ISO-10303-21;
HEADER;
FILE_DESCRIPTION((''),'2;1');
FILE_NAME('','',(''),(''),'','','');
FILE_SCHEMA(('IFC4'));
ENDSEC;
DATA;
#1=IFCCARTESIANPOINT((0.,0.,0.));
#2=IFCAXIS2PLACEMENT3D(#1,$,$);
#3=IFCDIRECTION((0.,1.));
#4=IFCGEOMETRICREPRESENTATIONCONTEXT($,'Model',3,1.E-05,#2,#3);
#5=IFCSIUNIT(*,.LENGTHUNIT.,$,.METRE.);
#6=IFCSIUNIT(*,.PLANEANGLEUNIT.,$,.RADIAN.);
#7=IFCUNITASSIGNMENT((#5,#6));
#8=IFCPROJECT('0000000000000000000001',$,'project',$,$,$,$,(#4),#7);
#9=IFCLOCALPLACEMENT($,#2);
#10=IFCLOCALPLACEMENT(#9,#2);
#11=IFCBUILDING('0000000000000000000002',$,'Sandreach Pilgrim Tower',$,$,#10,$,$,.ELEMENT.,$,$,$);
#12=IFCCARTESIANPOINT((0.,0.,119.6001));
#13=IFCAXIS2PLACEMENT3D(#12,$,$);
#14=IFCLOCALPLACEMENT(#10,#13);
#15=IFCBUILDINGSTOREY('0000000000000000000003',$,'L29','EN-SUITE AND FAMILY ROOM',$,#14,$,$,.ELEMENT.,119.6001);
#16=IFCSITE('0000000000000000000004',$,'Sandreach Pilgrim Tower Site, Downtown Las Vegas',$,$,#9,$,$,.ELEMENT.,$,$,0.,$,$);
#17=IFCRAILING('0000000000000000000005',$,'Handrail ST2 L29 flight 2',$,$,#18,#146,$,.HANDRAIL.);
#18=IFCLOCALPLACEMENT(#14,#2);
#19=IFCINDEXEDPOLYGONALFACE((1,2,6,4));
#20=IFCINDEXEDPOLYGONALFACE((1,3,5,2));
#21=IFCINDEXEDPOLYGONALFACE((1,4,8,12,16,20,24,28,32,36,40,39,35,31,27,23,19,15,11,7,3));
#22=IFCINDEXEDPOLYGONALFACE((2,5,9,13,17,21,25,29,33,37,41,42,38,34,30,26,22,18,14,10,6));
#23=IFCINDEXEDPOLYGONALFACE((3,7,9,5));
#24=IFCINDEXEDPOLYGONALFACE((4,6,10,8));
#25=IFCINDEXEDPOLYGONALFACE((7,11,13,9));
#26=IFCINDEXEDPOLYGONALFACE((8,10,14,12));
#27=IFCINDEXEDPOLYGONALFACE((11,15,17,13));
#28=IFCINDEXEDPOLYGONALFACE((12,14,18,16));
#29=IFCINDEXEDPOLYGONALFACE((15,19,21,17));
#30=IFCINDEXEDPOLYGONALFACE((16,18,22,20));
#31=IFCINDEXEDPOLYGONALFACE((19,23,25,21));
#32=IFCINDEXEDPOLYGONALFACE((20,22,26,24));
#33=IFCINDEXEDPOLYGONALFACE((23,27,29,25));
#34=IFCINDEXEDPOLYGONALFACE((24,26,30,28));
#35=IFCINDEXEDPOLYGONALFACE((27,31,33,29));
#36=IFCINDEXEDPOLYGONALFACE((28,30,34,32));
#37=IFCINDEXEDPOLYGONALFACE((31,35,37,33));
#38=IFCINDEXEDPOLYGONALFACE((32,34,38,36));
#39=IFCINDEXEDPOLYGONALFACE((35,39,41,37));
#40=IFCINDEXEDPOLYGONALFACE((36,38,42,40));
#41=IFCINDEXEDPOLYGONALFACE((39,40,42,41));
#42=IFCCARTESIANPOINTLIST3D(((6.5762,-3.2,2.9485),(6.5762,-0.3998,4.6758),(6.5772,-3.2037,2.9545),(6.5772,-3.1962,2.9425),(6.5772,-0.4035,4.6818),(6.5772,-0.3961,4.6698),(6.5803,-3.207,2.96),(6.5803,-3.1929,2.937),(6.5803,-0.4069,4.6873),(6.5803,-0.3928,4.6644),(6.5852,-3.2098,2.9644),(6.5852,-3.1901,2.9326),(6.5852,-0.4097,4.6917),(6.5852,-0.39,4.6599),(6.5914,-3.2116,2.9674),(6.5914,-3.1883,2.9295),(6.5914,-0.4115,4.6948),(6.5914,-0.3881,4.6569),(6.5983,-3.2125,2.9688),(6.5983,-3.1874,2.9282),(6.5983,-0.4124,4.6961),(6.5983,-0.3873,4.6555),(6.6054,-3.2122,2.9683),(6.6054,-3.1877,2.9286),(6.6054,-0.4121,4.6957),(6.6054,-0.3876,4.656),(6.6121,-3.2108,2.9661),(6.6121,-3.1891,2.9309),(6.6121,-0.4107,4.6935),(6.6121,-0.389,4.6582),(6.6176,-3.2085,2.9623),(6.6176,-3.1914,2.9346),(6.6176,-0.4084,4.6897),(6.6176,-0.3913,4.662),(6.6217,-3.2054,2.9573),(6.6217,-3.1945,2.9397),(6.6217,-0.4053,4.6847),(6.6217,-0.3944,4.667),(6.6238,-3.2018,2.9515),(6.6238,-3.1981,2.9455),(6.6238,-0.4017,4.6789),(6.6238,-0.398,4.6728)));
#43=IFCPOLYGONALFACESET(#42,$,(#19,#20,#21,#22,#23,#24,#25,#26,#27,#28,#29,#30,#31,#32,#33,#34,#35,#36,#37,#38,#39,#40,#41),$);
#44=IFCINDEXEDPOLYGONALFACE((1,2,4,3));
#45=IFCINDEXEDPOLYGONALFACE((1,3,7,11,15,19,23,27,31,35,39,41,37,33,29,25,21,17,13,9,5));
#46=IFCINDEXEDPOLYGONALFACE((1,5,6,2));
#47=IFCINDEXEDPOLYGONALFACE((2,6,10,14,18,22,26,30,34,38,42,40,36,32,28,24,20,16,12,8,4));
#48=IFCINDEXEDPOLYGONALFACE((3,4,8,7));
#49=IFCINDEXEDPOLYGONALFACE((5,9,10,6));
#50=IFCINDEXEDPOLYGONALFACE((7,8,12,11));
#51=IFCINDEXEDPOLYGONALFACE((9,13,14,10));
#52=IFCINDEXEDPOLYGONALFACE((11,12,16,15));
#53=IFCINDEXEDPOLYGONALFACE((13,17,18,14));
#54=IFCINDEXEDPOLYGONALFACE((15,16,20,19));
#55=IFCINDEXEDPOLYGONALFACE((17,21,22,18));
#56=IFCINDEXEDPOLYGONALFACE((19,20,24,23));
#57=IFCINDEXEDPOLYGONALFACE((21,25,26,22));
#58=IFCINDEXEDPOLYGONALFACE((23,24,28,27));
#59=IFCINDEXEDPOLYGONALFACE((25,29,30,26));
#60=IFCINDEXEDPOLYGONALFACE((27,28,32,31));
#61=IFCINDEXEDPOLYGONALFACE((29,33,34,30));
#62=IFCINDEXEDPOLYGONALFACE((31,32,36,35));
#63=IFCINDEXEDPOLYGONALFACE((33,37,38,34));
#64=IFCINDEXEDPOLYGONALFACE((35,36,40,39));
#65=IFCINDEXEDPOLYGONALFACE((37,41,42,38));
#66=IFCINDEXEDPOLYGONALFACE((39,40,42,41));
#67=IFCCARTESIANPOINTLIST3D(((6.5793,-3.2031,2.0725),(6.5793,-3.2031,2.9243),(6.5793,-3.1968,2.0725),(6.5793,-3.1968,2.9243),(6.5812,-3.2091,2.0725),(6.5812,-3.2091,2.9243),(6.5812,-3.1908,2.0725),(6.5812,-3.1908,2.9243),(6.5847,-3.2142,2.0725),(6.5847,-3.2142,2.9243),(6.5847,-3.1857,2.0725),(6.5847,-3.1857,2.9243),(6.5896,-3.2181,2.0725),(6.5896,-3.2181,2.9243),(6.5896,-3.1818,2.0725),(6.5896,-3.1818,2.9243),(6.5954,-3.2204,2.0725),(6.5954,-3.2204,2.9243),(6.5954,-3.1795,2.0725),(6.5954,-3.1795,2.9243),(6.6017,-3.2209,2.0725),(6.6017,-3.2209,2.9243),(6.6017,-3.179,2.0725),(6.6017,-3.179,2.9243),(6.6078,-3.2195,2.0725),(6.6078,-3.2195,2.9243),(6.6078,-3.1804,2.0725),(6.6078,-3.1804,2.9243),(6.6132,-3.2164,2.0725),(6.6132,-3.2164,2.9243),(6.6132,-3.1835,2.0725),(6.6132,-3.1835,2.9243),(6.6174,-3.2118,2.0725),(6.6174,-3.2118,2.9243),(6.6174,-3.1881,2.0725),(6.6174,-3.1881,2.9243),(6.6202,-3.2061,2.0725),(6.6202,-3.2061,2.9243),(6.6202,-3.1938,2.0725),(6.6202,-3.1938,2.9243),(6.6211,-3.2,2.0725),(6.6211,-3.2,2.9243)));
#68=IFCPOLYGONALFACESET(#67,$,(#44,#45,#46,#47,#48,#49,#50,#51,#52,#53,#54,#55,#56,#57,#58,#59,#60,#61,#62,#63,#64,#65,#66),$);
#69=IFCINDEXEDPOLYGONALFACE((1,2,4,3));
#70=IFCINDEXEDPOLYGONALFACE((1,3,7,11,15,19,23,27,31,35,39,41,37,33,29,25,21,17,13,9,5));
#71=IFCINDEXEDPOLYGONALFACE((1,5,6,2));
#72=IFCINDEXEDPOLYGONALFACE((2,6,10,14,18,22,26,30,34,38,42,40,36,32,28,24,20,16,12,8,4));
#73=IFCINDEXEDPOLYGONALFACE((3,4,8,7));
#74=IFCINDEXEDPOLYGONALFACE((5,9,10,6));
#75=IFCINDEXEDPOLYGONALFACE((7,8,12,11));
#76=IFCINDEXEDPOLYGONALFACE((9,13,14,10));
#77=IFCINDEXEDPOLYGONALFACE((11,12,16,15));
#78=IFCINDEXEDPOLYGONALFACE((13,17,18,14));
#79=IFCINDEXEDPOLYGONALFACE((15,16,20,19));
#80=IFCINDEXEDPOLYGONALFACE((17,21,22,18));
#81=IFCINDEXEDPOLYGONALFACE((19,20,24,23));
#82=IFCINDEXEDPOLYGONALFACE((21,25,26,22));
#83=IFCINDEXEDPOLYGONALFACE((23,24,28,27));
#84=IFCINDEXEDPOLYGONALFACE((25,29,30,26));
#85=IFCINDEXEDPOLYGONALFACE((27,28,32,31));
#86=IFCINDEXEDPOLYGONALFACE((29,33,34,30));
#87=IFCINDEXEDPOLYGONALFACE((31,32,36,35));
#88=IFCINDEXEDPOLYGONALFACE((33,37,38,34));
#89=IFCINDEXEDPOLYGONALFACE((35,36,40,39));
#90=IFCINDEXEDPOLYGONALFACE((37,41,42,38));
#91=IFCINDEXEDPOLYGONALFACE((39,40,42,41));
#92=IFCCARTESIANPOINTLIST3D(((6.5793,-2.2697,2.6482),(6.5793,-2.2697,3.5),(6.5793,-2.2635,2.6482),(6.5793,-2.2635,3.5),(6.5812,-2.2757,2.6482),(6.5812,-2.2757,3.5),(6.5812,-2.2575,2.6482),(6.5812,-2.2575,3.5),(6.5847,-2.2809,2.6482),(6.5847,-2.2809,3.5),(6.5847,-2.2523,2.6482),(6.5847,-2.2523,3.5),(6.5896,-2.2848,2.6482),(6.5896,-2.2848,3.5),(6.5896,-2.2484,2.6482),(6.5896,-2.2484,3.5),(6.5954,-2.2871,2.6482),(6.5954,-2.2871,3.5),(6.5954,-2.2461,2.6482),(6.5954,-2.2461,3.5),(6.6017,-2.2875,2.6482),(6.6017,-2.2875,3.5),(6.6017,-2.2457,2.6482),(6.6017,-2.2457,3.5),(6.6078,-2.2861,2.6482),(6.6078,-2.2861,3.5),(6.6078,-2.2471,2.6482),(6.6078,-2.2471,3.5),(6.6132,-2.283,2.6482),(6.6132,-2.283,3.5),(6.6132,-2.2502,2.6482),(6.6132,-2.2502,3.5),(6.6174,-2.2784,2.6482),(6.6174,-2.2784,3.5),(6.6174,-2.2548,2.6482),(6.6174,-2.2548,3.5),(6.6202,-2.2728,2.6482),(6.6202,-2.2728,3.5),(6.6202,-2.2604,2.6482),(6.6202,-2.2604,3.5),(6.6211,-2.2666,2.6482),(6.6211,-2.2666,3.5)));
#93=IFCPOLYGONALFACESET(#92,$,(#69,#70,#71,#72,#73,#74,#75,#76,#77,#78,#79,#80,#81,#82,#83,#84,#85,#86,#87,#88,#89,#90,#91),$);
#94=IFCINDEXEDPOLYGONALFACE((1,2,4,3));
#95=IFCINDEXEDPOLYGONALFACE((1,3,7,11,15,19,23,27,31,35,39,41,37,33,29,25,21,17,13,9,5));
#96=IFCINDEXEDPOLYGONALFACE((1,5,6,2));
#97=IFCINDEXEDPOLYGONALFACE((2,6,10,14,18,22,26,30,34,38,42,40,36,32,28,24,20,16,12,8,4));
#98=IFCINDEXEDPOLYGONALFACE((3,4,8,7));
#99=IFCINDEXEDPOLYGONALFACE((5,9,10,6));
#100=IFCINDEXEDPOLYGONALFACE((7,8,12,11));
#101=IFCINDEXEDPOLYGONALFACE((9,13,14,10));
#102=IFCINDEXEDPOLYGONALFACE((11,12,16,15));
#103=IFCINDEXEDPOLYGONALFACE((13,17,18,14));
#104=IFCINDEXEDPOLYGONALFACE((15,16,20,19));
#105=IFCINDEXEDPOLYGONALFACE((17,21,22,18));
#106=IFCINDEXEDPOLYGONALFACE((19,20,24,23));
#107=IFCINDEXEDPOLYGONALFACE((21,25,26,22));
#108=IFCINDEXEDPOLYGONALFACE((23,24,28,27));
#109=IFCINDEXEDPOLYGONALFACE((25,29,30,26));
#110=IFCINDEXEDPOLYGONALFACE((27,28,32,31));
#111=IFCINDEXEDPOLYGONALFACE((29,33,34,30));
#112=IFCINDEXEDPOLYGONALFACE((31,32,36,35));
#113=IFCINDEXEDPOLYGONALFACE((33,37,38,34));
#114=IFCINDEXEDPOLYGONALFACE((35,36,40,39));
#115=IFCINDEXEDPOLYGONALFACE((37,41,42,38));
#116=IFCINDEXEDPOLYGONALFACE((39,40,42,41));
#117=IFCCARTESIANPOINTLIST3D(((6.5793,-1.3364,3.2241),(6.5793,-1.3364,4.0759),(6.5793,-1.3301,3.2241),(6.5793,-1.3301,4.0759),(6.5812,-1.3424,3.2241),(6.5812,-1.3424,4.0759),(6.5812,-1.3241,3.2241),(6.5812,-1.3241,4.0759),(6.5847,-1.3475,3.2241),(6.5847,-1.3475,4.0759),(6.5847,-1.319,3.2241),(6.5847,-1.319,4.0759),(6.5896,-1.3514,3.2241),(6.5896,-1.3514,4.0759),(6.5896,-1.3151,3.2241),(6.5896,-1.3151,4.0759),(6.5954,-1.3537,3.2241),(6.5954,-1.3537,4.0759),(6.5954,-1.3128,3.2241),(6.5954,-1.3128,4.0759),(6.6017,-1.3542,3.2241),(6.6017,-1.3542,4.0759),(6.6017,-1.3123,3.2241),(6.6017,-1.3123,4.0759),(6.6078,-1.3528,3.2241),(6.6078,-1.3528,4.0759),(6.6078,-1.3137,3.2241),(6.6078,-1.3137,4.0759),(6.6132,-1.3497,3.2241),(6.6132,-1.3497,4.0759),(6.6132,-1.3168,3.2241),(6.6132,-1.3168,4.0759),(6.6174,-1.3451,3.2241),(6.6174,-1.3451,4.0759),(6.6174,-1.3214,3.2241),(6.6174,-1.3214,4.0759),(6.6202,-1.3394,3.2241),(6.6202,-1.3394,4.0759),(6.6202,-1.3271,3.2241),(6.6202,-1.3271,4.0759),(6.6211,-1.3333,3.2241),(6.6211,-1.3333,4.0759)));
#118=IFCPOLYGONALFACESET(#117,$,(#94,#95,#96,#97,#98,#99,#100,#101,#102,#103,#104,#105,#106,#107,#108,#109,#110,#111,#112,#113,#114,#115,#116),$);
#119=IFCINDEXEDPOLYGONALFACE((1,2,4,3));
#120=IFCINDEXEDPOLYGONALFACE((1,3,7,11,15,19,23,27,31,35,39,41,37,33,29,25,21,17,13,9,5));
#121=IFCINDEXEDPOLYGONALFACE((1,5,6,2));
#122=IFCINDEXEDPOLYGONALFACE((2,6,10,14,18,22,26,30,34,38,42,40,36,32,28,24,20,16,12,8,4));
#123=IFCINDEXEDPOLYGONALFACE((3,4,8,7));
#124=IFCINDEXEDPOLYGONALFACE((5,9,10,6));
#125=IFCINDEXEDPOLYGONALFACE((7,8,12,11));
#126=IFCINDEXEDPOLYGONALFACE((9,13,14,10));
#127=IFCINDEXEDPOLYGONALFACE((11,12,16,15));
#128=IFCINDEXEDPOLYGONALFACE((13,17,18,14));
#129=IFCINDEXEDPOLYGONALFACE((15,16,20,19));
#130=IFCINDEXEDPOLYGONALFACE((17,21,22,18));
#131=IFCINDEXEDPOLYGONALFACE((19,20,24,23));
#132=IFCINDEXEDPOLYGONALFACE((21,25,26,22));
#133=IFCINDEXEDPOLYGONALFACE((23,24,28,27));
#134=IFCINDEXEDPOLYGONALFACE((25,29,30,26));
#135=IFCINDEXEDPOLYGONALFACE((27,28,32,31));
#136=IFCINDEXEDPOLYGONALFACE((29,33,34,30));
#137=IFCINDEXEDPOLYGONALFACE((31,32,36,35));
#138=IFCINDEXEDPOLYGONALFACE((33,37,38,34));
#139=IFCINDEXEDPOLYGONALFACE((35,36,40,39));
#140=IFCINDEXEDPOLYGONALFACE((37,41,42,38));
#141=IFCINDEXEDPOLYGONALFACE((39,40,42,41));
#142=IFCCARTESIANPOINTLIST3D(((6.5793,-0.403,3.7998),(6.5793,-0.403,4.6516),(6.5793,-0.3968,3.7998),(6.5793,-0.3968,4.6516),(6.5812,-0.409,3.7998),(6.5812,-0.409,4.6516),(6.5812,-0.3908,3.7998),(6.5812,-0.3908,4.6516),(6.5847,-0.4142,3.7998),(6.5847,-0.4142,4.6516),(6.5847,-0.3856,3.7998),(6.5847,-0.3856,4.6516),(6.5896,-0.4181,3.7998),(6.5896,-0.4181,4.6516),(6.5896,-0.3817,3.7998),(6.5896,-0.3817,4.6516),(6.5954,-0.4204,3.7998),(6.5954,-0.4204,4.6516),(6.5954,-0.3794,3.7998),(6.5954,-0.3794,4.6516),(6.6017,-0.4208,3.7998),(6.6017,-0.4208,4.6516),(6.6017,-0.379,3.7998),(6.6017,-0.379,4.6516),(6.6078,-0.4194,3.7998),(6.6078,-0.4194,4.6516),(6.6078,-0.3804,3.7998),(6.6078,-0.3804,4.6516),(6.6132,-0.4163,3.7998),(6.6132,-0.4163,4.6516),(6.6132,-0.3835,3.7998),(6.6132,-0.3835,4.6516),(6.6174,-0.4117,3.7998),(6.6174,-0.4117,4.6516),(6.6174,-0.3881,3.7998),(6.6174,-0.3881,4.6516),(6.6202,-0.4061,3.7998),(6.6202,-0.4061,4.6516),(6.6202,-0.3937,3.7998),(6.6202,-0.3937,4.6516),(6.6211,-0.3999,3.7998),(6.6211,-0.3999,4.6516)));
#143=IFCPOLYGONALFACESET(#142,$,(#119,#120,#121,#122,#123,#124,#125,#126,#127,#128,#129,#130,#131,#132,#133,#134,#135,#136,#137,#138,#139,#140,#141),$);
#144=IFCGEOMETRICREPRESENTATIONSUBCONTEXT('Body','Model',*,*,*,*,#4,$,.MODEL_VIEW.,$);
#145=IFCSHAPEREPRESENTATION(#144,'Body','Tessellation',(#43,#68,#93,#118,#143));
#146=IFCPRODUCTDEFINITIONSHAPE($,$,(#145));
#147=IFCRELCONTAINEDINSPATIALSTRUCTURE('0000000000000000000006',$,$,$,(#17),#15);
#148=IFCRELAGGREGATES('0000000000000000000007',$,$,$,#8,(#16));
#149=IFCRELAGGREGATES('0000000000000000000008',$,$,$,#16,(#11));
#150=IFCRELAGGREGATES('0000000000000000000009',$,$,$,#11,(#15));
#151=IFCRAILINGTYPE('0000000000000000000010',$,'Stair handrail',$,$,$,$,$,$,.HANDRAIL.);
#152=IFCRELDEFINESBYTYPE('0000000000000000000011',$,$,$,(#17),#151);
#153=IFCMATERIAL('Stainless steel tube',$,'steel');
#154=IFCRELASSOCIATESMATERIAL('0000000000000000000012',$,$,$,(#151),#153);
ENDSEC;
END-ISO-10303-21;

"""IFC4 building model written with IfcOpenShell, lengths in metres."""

from ifc_helpers import new_model, si_unit, direction, frame, origin, origin_2d, place, context, subcontext, project, spatial, circle, extrude, material, type_object, element, save


model = new_model("IFC4")

# Units and contexts
model_context = context("Model", 3, precision=1e-05, world=origin(), true_north=direction((0.0, 1.0)))
body_context = subcontext(model_context, "Body", "Model", "MODEL_VIEW")
ifc_project = project(units=[si_unit("LENGTHUNIT", "METRE"), si_unit("PLANEANGLEUNIT", "RADIAN")], contexts=[model_context])

# Site, building, storey
site_placement = place(None, origin())
site = spatial("IfcSite", under=ifc_project, at=site_placement, Name="Sandreach Pilgrim Tower Site, Downtown Las Vegas", CompositionType="ELEMENT", RefElevation=0.0)
building_placement = place(site_placement, origin())
building = spatial("IfcBuilding", under=site, at=building_placement, Name="Sandreach Pilgrim Tower", CompositionType="ELEMENT")
storey_placement = place(building_placement, frame((0.0, 0.0, 119.6001)))
storey = spatial("IfcBuildingStorey", under=building, at=storey_placement, Name="L29", Description="EN-SUITE AND FAMILY ROOM", CompositionType="ELEMENT", Elevation=119.6001)

# Railing
ifc_material_1 = material(Name="Stainless steel tube", Category="steel")
railing_type = type_object("IfcRailingType", Name="Stair handrail", PredefinedType="HANDRAIL", material=ifc_material_1)
for number, where, name in (
    (1, (6.6001, -3.2, 2.0725), "Handrail ST2 L29 flight 2"),
):
    element("IfcRailing", number, at=place(storey_placement, frame(where)), inside=storey, type_object=railing_type, Name=name, PredefinedType="HANDRAIL", context=body_context, shape_type="SweptSolid", body=[
        extrude(circle(Radius=0.0239, at=origin_2d()), frame((0.0, 0.0, 0.876), z_axis=(0.0, 0.85109, 0.52502), x_axis=(-1.0, 0.0, 0.0)), (0.0, 0.0, 1.0), 3.29),
        extrude(circle(Radius=0.021, at=origin_2d()), origin(), (0.0, 0.0, 1.0), 0.8518),
        extrude(circle(Radius=0.021, at=origin_2d()), frame((0.0, 0.9333, 0.5757)), (0.0, 0.0, 1.0), 0.8518),
        extrude(circle(Radius=0.021, at=origin_2d()), frame((0.0, 1.8667, 1.1516)), (0.0, 0.0, 1.0), 0.8518),
        extrude(circle(Radius=0.021, at=origin_2d()), frame((0.0, 2.8, 1.7273)), (0.0, 0.0, 1.0), 0.8518),
    ])

save(model, "model.ifc")
